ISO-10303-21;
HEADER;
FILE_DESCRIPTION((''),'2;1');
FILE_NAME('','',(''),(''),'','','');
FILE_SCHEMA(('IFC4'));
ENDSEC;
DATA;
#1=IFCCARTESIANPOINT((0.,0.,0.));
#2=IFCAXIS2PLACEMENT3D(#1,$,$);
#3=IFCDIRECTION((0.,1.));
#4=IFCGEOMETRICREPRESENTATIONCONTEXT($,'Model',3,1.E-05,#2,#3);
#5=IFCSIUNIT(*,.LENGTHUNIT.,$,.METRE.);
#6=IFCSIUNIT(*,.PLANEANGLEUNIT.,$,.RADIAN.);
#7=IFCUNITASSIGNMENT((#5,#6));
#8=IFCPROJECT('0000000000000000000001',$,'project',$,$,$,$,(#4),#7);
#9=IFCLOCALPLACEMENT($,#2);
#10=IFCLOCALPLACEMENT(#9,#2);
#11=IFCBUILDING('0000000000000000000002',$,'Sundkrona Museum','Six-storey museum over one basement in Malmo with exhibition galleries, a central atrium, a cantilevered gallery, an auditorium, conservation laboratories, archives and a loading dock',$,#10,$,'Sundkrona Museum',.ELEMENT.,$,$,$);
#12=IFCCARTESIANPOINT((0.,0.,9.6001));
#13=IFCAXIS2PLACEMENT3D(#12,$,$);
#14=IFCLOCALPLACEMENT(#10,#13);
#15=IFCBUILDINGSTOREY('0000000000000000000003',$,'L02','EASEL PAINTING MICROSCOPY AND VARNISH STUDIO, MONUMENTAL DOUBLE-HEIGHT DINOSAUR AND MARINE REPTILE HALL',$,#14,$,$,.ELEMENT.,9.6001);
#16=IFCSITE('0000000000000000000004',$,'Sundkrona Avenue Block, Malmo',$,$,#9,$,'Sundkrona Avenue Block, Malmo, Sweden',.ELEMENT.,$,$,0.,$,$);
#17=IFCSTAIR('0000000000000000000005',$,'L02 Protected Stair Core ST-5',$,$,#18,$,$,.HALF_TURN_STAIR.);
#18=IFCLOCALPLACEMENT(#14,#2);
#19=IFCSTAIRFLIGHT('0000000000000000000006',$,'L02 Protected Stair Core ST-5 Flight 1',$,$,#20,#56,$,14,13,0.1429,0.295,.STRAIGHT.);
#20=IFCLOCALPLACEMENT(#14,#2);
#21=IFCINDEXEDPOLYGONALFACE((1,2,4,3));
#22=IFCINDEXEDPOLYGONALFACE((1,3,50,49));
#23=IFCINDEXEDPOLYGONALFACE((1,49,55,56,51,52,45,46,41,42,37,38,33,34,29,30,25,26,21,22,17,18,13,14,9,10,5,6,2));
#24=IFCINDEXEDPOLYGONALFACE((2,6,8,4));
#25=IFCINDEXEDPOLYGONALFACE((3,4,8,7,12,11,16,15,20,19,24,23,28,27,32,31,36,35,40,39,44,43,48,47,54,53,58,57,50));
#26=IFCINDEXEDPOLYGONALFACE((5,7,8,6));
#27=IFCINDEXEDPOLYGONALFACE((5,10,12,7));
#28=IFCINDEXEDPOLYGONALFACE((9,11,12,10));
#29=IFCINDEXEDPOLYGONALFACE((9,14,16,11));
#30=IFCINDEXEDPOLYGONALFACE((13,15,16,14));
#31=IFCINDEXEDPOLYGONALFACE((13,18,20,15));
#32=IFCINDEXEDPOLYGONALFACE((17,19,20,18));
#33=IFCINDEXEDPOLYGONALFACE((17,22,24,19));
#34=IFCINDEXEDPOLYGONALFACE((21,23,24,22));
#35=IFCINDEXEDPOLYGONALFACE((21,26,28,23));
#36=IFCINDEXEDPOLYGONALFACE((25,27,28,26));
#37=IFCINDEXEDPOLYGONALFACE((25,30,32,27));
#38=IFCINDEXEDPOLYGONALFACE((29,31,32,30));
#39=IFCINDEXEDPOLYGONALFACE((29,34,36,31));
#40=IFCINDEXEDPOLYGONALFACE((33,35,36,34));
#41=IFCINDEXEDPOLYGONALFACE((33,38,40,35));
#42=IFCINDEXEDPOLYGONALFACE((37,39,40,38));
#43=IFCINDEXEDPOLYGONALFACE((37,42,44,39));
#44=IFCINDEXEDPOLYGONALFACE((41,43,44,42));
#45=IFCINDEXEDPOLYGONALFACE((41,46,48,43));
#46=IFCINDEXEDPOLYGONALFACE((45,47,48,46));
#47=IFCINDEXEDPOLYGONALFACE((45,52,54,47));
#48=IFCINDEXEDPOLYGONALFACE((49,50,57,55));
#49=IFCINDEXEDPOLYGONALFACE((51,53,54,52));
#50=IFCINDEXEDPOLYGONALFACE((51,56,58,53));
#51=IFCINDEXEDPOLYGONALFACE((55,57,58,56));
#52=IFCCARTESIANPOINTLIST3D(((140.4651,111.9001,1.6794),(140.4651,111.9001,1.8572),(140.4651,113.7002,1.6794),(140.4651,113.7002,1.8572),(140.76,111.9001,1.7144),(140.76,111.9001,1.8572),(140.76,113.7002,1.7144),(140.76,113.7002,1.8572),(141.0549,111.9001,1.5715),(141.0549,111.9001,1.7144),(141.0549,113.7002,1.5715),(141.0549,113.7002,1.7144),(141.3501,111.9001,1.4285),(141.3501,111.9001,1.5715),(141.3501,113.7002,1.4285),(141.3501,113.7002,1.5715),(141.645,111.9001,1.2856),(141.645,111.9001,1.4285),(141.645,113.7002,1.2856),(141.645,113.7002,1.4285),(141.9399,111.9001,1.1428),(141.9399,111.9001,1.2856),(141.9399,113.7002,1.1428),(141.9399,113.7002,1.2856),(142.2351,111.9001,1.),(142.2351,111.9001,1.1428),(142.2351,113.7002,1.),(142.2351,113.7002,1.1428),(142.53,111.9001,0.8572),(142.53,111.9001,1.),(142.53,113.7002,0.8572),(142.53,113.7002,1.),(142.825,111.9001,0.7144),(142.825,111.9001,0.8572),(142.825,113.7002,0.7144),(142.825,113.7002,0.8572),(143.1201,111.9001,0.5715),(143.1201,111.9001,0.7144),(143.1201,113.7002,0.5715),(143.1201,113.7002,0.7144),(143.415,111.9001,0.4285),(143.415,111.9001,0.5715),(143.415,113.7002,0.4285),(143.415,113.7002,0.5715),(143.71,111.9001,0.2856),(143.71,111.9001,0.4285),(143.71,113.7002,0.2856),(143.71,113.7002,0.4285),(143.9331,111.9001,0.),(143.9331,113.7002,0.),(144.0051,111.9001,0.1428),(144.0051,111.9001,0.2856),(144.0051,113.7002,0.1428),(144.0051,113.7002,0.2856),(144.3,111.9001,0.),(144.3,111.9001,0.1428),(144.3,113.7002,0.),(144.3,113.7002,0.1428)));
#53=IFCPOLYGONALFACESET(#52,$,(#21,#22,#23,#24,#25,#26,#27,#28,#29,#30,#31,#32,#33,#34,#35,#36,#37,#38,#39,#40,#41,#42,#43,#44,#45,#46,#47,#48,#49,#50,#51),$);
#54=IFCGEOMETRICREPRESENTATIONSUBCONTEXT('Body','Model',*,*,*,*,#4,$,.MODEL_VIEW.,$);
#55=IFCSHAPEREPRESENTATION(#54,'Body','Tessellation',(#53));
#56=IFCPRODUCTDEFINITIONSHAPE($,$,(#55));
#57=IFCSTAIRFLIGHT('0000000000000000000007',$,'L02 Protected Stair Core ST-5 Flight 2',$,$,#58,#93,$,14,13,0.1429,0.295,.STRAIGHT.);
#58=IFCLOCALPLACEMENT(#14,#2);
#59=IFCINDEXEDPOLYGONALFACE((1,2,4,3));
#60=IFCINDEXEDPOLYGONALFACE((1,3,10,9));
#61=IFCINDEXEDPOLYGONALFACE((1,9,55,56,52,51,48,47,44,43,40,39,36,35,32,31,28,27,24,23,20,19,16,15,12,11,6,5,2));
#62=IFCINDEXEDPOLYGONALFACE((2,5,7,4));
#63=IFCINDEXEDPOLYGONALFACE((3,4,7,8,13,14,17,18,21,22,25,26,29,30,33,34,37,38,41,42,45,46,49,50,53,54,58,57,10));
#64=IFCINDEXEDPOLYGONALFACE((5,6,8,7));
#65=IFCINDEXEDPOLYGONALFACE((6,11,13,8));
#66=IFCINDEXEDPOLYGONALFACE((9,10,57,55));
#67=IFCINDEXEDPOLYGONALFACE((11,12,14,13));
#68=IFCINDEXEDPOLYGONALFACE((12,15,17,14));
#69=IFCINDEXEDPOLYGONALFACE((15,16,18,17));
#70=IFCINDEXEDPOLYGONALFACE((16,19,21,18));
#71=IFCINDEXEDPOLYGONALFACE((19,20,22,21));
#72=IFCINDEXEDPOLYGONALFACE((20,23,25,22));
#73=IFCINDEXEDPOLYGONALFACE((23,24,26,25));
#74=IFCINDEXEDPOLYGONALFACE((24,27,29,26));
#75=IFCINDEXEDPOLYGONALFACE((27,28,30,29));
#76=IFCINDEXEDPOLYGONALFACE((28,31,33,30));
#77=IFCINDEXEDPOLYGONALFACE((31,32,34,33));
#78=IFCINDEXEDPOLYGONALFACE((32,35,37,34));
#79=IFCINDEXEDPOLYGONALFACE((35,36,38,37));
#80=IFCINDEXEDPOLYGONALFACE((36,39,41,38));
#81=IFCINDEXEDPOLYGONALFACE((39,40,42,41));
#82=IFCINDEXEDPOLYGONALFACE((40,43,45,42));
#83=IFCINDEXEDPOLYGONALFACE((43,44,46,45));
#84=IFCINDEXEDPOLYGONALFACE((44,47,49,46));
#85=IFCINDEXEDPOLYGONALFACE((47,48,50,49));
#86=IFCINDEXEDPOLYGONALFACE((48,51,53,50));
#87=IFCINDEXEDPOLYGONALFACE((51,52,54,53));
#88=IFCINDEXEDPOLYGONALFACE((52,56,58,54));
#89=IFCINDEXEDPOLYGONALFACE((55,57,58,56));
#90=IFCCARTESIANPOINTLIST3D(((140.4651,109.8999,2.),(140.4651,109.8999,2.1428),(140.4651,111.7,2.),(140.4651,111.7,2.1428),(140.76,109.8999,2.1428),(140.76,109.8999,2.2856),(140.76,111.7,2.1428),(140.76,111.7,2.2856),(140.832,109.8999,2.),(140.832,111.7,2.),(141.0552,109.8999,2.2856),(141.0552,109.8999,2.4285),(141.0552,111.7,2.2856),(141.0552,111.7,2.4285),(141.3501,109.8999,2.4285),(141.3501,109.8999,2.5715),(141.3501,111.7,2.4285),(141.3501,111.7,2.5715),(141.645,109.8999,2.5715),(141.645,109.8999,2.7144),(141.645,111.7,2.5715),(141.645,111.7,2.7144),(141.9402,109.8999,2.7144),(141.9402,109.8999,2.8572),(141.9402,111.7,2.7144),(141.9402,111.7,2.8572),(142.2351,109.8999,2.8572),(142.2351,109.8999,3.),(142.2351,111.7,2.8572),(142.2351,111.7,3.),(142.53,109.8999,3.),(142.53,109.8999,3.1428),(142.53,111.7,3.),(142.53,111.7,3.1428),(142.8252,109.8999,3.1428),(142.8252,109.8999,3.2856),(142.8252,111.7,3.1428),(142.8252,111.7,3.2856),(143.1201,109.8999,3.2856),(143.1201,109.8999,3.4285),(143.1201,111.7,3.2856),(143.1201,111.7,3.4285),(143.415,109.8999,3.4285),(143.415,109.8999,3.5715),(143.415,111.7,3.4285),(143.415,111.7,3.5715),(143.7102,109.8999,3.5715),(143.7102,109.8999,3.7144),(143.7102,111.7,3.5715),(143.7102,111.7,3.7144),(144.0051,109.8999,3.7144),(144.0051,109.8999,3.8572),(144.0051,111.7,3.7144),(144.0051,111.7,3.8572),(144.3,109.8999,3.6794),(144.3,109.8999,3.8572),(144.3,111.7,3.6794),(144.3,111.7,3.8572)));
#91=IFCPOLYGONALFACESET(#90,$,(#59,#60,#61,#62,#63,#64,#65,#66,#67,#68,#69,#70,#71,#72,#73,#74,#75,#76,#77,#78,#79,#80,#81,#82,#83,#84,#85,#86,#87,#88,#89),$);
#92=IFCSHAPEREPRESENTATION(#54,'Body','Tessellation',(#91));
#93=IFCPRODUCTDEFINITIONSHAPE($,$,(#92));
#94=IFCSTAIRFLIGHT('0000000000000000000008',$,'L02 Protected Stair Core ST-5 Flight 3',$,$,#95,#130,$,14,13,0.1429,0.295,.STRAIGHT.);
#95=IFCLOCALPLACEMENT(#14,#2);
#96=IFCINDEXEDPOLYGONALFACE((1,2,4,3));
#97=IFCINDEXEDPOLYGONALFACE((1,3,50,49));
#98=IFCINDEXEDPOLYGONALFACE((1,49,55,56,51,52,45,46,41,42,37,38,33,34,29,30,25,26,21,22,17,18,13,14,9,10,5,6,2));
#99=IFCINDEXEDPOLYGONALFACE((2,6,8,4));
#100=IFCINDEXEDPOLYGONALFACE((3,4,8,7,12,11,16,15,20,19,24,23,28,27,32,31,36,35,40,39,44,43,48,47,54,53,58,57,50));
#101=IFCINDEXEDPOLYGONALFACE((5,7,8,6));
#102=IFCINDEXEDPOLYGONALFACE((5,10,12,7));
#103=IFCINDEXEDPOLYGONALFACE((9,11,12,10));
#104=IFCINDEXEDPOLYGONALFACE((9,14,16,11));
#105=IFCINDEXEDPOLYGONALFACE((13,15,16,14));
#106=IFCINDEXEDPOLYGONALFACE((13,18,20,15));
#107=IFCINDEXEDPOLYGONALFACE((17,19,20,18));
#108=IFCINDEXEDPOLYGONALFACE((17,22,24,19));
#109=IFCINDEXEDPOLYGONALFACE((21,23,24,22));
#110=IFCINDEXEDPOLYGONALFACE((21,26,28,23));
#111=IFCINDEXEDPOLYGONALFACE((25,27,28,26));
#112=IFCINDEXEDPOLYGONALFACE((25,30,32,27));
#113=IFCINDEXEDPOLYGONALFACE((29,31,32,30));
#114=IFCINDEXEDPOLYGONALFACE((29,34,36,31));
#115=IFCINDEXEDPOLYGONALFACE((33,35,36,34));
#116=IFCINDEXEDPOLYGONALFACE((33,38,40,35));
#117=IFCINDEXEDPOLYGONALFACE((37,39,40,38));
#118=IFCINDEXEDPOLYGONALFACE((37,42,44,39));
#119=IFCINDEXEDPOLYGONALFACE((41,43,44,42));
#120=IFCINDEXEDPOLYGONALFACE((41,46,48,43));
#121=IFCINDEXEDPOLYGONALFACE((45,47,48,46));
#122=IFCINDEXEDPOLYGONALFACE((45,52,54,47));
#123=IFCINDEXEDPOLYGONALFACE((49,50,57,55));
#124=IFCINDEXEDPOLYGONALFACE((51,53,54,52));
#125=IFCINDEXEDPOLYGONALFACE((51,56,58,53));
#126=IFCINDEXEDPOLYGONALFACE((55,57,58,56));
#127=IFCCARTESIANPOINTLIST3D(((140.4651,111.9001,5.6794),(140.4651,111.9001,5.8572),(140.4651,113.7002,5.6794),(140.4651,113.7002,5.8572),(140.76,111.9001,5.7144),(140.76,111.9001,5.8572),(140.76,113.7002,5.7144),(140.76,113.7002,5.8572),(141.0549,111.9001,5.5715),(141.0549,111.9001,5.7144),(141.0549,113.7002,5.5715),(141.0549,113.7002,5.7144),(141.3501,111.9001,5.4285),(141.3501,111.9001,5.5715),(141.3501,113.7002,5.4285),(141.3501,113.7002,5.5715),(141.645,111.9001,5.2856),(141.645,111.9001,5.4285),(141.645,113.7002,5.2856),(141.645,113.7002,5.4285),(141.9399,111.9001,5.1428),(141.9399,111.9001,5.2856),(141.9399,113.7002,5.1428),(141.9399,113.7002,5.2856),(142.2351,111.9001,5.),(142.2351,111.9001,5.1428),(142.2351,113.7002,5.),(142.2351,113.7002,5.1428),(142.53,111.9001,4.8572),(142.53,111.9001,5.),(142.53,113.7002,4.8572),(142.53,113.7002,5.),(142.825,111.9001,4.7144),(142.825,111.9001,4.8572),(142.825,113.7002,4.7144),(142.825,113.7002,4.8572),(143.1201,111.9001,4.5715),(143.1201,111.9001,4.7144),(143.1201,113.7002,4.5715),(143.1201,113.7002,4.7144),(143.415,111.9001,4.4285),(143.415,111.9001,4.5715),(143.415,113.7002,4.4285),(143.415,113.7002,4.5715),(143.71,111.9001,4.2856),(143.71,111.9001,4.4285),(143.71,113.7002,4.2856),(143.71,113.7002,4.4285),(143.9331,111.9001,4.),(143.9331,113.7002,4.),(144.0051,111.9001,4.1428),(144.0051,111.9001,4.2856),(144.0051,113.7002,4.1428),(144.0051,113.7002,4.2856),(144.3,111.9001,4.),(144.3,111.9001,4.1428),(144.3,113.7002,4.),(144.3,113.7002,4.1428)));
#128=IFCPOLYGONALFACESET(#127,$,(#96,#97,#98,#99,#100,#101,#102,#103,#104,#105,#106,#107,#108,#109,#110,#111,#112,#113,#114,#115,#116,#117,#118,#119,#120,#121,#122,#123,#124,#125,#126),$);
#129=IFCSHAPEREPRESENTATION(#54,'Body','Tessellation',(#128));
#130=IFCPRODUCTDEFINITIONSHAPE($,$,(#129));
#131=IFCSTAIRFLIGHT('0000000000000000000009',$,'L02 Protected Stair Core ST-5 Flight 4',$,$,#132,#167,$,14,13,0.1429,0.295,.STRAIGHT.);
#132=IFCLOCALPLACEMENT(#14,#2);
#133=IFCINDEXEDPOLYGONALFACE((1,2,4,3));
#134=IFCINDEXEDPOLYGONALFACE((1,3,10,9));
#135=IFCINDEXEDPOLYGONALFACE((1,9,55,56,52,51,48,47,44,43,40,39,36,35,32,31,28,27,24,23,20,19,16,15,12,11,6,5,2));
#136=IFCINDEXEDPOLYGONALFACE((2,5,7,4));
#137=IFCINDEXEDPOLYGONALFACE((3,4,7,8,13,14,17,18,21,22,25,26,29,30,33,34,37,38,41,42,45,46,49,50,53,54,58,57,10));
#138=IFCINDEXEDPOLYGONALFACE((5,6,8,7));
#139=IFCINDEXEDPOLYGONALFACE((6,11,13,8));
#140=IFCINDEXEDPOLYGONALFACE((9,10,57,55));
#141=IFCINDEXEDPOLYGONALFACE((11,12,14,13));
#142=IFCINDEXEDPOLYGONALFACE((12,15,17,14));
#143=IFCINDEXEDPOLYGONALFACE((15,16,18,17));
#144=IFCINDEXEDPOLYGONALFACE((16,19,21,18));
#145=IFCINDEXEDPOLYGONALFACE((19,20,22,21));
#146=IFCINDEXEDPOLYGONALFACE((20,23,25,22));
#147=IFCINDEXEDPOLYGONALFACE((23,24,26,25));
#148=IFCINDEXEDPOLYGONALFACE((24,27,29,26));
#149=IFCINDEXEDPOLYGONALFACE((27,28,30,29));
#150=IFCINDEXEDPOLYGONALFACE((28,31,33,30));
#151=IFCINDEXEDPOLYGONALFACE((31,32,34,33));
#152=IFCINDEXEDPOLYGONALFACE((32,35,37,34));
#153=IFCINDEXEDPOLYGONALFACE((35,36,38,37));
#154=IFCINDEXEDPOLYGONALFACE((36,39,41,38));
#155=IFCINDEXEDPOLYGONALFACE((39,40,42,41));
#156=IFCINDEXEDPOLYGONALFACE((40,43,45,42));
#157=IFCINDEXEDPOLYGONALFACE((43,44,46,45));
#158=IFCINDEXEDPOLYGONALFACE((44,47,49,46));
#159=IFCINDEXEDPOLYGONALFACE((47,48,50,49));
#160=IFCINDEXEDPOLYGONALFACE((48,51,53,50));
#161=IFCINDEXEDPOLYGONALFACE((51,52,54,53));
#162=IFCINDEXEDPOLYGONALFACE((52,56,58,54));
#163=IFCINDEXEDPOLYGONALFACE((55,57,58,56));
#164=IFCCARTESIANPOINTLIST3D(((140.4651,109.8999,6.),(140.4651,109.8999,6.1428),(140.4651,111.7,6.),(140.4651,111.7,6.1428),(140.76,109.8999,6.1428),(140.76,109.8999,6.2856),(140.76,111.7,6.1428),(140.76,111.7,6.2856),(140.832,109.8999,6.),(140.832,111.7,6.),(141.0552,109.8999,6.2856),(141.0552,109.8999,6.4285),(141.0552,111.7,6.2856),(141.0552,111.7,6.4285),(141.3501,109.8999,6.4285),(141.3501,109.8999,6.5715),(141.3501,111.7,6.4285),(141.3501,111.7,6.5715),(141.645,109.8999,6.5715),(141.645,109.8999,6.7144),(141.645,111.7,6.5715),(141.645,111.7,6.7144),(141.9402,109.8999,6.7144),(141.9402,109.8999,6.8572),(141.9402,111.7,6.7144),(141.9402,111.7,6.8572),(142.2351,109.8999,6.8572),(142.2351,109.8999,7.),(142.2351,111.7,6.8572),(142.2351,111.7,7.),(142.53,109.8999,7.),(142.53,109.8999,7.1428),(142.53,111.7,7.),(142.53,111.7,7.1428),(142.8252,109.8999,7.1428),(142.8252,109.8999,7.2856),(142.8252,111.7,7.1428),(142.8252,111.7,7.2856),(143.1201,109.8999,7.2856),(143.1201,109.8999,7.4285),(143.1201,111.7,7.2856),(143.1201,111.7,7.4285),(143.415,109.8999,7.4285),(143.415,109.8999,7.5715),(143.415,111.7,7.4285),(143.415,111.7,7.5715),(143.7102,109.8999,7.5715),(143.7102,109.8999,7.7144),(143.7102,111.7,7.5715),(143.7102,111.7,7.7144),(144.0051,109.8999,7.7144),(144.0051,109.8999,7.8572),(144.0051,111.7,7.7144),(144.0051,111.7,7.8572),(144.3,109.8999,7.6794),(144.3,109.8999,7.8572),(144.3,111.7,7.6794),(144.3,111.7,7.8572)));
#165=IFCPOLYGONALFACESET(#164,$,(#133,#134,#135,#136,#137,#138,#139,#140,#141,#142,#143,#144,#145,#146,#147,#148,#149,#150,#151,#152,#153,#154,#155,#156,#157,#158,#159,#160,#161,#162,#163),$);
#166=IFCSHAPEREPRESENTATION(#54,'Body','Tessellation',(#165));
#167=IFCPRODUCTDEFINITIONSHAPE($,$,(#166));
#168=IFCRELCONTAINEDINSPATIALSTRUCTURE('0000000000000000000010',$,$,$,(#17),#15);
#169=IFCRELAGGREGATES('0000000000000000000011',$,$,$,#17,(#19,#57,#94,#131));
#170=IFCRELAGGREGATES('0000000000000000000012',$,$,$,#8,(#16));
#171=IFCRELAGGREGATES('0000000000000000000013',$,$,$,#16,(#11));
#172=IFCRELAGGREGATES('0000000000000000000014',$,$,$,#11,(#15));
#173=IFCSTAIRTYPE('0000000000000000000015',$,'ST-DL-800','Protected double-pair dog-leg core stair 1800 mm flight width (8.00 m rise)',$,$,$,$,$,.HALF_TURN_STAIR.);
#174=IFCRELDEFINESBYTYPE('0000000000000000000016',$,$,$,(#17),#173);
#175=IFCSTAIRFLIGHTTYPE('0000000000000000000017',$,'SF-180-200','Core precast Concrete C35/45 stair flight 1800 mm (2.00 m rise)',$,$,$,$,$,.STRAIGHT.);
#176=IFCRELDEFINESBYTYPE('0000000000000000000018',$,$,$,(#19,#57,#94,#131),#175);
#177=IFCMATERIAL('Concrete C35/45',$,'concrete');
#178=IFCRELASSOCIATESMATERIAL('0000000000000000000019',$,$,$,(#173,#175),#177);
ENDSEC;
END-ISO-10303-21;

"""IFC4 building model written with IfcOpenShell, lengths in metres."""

from ifc_helpers import new_model, si_unit, direction, frame, origin, place, context, subcontext, project, spatial, polyline, outline, extrude, material, type_object, element, aggregate, save


model = new_model("IFC4")

# Units and contexts
model_context = context("Model", 3, precision=1e-05, world=origin(), true_north=direction((0.0, 1.0)))
body_context = subcontext(model_context, "Body", "Model", "MODEL_VIEW")
ifc_project = project(units=[si_unit("LENGTHUNIT", "METRE"), si_unit("PLANEANGLEUNIT", "RADIAN")], contexts=[model_context])

# Site, building, storey
site_placement = place(None, origin())
site = spatial("IfcSite", under=ifc_project, at=site_placement, Name="Sundkrona Avenue Block, Malmo", LongName="Sundkrona Avenue Block, Malmo, Sweden", CompositionType="ELEMENT", RefElevation=0.0)
building_placement = place(site_placement, origin())
building = spatial("IfcBuilding", under=site, at=building_placement, Name="Sundkrona Museum", Description="Six-storey museum over one basement in Malmo with exhibition galleries, a central atrium, a cantilevered gallery, an auditorium, conservation laboratories, archives and a loading dock", LongName="Sundkrona Museum", CompositionType="ELEMENT")
storey_placement = place(building_placement, frame((0.0, 0.0, 9.6001)))
storey = spatial("IfcBuildingStorey", under=building, at=storey_placement, Name="L02", Description="EASEL PAINTING MICROSCOPY AND VARNISH STUDIO, MONUMENTAL DOUBLE-HEIGHT DINOSAUR AND MARINE REPTILE HALL", CompositionType="ELEMENT", Elevation=9.6001)

# Stair, stair flights
ifc_material_1 = material(Name="Concrete C35/45", Category="concrete")
stair_type = type_object("IfcStairType", Name="ST-DL-800", Description="Protected double-pair dog-leg core stair 1800 mm flight width (8.00 m rise)", PredefinedType="HALF_TURN_STAIR", material=ifc_material_1)
stair_placement = place(storey_placement, origin())
stair = element("IfcStair", 1, at=stair_placement, inside=storey, type_object=stair_type, Name="L02 Protected Stair Core ST-5", PredefinedType="HALF_TURN_STAIR")
stair_flight_type = type_object("IfcStairFlightType", Name="SF-180-200", Description="Core precast Concrete C35/45 stair flight 1800 mm (2.00 m rise)", PredefinedType="STRAIGHT", material=ifc_material_1)
stair_flight_1_placement = place(storey_placement, frame((144.3, 112.8, 0.0), z_axis=(0.0, 0.0, 1.0), x_axis=(-1.0, 0.0, 0.0)))
stair_flight_1 = element("IfcStairFlight", 2, at=stair_flight_1_placement, type_object=stair_flight_type, Name="L02 Protected Stair Core ST-5 Flight 1", NumberOfRisers=14, NumberOfTreads=13, PredefinedType="STRAIGHT", RiserHeight=0.1429, TreadLength=0.295, context=body_context, shape_type="SweptSolid", body=[
    extrude(outline(polyline([(0.0, 0.0), (0.0, 0.1428), (0.2949, 0.1428), (0.2949, 0.2856), (0.5901, 0.2856), (0.5901, 0.4285), (0.885, 0.4285), (0.885, 0.5715), (1.1799, 0.5715), (1.1799, 0.7144), (1.4751, 0.7144), (1.4751, 0.8572), (1.77, 0.8572), (1.77, 1.0), (2.0649, 1.0), (2.0649, 1.1428), (2.3601, 1.1428), (2.3601, 1.2856), (2.655, 1.2856), (2.655, 1.4285), (2.95, 1.4285), (2.95, 1.5715), (3.2451, 1.5715), (3.2451, 1.7144), (3.54, 1.7144), (3.54, 1.8572), (3.835, 1.8572), (3.835, 2.0), (3.835, 1.6794), (0.3669, 0.0), (0.0, 0.0)])), frame((0.0, 0.8999, 0.0), z_axis=(0.0, -1.0, 0.0), x_axis=(1.0, 0.0, 0.0)), (0.0, 0.0, 1.0), 1.8),
])
stair_flight_2_placement = place(storey_placement, frame((140.4651, 110.8, 2.0), z_axis=(0.0, 0.0, 1.0), x_axis=(1.0, 0.0, 0.0)))
stair_flight_2 = element("IfcStairFlight", 3, at=stair_flight_2_placement, type_object=stair_flight_type, Name="L02 Protected Stair Core ST-5 Flight 2", NumberOfRisers=14, NumberOfTreads=13, PredefinedType="STRAIGHT", RiserHeight=0.1429, TreadLength=0.295, context=body_context, shape_type="SweptSolid", body=[
    extrude(outline(polyline([(0.0, 0.0), (0.0, 0.1428), (0.2949, 0.1428), (0.2949, 0.2856), (0.5901, 0.2856), (0.5901, 0.4285), (0.885, 0.4285), (0.885, 0.5715), (1.1799, 0.5715), (1.1799, 0.7144), (1.4751, 0.7144), (1.4751, 0.8572), (1.77, 0.8572), (1.77, 1.0), (2.0649, 1.0), (2.0649, 1.1428), (2.3601, 1.1428), (2.3601, 1.2856), (2.655, 1.2856), (2.655, 1.4285), (2.95, 1.4285), (2.95, 1.5715), (3.2451, 1.5715), (3.2451, 1.7144), (3.54, 1.7144), (3.54, 1.8572), (3.835, 1.8572), (3.835, 2.0), (3.835, 1.6794), (0.3669, 0.0), (0.0, 0.0)])), frame((0.0, 0.8999, 0.0), z_axis=(0.0, -1.0, 0.0), x_axis=(1.0, 0.0, 0.0)), (0.0, 0.0, 1.0), 1.8),
])
stair_flight_3_placement = place(storey_placement, frame((144.3, 112.8, 4.0), z_axis=(0.0, 0.0, 1.0), x_axis=(-1.0, 0.0, 0.0)))
stair_flight_3 = element("IfcStairFlight", 4, at=stair_flight_3_placement, type_object=stair_flight_type, Name="L02 Protected Stair Core ST-5 Flight 3", NumberOfRisers=14, NumberOfTreads=13, PredefinedType="STRAIGHT", RiserHeight=0.1429, TreadLength=0.295, context=body_context, shape_type="SweptSolid", body=[
    extrude(outline(polyline([(0.0, 0.0), (0.0, 0.1428), (0.2949, 0.1428), (0.2949, 0.2856), (0.5901, 0.2856), (0.5901, 0.4285), (0.885, 0.4285), (0.885, 0.5715), (1.1799, 0.5715), (1.1799, 0.7144), (1.4751, 0.7144), (1.4751, 0.8572), (1.77, 0.8572), (1.77, 1.0), (2.0649, 1.0), (2.0649, 1.1428), (2.3601, 1.1428), (2.3601, 1.2856), (2.655, 1.2856), (2.655, 1.4285), (2.95, 1.4285), (2.95, 1.5715), (3.2451, 1.5715), (3.2451, 1.7144), (3.54, 1.7144), (3.54, 1.8572), (3.835, 1.8572), (3.835, 2.0), (3.835, 1.6794), (0.3669, 0.0), (0.0, 0.0)])), frame((0.0, 0.8999, 0.0), z_axis=(0.0, -1.0, 0.0), x_axis=(1.0, 0.0, 0.0)), (0.0, 0.0, 1.0), 1.8),
])
stair_flight_4_placement = place(storey_placement, frame((140.4651, 110.8, 6.0), z_axis=(0.0, 0.0, 1.0), x_axis=(1.0, 0.0, 0.0)))
stair_flight_4 = element("IfcStairFlight", 5, at=stair_flight_4_placement, type_object=stair_flight_type, Name="L02 Protected Stair Core ST-5 Flight 4", NumberOfRisers=14, NumberOfTreads=13, PredefinedType="STRAIGHT", RiserHeight=0.1429, TreadLength=0.295, context=body_context, shape_type="SweptSolid", body=[
    extrude(outline(polyline([(0.0, 0.0), (0.0, 0.1428), (0.2949, 0.1428), (0.2949, 0.2856), (0.5901, 0.2856), (0.5901, 0.4285), (0.885, 0.4285), (0.885, 0.5715), (1.1799, 0.5715), (1.1799, 0.7144), (1.4751, 0.7144), (1.4751, 0.8572), (1.77, 0.8572), (1.77, 1.0), (2.0649, 1.0), (2.0649, 1.1428), (2.3601, 1.1428), (2.3601, 1.2856), (2.655, 1.2856), (2.655, 1.4285), (2.95, 1.4285), (2.95, 1.5715), (3.2451, 1.5715), (3.2451, 1.7144), (3.54, 1.7144), (3.54, 1.8572), (3.835, 1.8572), (3.835, 2.0), (3.835, 1.6794), (0.3669, 0.0), (0.0, 0.0)])), frame((0.0, 0.8999, 0.0), z_axis=(0.0, -1.0, 0.0), x_axis=(1.0, 0.0, 0.0)), (0.0, 0.0, 1.0), 1.8),
])
aggregate(stair, [stair_flight_1, stair_flight_2, stair_flight_3, stair_flight_4])

save(model, "model.ifc")
